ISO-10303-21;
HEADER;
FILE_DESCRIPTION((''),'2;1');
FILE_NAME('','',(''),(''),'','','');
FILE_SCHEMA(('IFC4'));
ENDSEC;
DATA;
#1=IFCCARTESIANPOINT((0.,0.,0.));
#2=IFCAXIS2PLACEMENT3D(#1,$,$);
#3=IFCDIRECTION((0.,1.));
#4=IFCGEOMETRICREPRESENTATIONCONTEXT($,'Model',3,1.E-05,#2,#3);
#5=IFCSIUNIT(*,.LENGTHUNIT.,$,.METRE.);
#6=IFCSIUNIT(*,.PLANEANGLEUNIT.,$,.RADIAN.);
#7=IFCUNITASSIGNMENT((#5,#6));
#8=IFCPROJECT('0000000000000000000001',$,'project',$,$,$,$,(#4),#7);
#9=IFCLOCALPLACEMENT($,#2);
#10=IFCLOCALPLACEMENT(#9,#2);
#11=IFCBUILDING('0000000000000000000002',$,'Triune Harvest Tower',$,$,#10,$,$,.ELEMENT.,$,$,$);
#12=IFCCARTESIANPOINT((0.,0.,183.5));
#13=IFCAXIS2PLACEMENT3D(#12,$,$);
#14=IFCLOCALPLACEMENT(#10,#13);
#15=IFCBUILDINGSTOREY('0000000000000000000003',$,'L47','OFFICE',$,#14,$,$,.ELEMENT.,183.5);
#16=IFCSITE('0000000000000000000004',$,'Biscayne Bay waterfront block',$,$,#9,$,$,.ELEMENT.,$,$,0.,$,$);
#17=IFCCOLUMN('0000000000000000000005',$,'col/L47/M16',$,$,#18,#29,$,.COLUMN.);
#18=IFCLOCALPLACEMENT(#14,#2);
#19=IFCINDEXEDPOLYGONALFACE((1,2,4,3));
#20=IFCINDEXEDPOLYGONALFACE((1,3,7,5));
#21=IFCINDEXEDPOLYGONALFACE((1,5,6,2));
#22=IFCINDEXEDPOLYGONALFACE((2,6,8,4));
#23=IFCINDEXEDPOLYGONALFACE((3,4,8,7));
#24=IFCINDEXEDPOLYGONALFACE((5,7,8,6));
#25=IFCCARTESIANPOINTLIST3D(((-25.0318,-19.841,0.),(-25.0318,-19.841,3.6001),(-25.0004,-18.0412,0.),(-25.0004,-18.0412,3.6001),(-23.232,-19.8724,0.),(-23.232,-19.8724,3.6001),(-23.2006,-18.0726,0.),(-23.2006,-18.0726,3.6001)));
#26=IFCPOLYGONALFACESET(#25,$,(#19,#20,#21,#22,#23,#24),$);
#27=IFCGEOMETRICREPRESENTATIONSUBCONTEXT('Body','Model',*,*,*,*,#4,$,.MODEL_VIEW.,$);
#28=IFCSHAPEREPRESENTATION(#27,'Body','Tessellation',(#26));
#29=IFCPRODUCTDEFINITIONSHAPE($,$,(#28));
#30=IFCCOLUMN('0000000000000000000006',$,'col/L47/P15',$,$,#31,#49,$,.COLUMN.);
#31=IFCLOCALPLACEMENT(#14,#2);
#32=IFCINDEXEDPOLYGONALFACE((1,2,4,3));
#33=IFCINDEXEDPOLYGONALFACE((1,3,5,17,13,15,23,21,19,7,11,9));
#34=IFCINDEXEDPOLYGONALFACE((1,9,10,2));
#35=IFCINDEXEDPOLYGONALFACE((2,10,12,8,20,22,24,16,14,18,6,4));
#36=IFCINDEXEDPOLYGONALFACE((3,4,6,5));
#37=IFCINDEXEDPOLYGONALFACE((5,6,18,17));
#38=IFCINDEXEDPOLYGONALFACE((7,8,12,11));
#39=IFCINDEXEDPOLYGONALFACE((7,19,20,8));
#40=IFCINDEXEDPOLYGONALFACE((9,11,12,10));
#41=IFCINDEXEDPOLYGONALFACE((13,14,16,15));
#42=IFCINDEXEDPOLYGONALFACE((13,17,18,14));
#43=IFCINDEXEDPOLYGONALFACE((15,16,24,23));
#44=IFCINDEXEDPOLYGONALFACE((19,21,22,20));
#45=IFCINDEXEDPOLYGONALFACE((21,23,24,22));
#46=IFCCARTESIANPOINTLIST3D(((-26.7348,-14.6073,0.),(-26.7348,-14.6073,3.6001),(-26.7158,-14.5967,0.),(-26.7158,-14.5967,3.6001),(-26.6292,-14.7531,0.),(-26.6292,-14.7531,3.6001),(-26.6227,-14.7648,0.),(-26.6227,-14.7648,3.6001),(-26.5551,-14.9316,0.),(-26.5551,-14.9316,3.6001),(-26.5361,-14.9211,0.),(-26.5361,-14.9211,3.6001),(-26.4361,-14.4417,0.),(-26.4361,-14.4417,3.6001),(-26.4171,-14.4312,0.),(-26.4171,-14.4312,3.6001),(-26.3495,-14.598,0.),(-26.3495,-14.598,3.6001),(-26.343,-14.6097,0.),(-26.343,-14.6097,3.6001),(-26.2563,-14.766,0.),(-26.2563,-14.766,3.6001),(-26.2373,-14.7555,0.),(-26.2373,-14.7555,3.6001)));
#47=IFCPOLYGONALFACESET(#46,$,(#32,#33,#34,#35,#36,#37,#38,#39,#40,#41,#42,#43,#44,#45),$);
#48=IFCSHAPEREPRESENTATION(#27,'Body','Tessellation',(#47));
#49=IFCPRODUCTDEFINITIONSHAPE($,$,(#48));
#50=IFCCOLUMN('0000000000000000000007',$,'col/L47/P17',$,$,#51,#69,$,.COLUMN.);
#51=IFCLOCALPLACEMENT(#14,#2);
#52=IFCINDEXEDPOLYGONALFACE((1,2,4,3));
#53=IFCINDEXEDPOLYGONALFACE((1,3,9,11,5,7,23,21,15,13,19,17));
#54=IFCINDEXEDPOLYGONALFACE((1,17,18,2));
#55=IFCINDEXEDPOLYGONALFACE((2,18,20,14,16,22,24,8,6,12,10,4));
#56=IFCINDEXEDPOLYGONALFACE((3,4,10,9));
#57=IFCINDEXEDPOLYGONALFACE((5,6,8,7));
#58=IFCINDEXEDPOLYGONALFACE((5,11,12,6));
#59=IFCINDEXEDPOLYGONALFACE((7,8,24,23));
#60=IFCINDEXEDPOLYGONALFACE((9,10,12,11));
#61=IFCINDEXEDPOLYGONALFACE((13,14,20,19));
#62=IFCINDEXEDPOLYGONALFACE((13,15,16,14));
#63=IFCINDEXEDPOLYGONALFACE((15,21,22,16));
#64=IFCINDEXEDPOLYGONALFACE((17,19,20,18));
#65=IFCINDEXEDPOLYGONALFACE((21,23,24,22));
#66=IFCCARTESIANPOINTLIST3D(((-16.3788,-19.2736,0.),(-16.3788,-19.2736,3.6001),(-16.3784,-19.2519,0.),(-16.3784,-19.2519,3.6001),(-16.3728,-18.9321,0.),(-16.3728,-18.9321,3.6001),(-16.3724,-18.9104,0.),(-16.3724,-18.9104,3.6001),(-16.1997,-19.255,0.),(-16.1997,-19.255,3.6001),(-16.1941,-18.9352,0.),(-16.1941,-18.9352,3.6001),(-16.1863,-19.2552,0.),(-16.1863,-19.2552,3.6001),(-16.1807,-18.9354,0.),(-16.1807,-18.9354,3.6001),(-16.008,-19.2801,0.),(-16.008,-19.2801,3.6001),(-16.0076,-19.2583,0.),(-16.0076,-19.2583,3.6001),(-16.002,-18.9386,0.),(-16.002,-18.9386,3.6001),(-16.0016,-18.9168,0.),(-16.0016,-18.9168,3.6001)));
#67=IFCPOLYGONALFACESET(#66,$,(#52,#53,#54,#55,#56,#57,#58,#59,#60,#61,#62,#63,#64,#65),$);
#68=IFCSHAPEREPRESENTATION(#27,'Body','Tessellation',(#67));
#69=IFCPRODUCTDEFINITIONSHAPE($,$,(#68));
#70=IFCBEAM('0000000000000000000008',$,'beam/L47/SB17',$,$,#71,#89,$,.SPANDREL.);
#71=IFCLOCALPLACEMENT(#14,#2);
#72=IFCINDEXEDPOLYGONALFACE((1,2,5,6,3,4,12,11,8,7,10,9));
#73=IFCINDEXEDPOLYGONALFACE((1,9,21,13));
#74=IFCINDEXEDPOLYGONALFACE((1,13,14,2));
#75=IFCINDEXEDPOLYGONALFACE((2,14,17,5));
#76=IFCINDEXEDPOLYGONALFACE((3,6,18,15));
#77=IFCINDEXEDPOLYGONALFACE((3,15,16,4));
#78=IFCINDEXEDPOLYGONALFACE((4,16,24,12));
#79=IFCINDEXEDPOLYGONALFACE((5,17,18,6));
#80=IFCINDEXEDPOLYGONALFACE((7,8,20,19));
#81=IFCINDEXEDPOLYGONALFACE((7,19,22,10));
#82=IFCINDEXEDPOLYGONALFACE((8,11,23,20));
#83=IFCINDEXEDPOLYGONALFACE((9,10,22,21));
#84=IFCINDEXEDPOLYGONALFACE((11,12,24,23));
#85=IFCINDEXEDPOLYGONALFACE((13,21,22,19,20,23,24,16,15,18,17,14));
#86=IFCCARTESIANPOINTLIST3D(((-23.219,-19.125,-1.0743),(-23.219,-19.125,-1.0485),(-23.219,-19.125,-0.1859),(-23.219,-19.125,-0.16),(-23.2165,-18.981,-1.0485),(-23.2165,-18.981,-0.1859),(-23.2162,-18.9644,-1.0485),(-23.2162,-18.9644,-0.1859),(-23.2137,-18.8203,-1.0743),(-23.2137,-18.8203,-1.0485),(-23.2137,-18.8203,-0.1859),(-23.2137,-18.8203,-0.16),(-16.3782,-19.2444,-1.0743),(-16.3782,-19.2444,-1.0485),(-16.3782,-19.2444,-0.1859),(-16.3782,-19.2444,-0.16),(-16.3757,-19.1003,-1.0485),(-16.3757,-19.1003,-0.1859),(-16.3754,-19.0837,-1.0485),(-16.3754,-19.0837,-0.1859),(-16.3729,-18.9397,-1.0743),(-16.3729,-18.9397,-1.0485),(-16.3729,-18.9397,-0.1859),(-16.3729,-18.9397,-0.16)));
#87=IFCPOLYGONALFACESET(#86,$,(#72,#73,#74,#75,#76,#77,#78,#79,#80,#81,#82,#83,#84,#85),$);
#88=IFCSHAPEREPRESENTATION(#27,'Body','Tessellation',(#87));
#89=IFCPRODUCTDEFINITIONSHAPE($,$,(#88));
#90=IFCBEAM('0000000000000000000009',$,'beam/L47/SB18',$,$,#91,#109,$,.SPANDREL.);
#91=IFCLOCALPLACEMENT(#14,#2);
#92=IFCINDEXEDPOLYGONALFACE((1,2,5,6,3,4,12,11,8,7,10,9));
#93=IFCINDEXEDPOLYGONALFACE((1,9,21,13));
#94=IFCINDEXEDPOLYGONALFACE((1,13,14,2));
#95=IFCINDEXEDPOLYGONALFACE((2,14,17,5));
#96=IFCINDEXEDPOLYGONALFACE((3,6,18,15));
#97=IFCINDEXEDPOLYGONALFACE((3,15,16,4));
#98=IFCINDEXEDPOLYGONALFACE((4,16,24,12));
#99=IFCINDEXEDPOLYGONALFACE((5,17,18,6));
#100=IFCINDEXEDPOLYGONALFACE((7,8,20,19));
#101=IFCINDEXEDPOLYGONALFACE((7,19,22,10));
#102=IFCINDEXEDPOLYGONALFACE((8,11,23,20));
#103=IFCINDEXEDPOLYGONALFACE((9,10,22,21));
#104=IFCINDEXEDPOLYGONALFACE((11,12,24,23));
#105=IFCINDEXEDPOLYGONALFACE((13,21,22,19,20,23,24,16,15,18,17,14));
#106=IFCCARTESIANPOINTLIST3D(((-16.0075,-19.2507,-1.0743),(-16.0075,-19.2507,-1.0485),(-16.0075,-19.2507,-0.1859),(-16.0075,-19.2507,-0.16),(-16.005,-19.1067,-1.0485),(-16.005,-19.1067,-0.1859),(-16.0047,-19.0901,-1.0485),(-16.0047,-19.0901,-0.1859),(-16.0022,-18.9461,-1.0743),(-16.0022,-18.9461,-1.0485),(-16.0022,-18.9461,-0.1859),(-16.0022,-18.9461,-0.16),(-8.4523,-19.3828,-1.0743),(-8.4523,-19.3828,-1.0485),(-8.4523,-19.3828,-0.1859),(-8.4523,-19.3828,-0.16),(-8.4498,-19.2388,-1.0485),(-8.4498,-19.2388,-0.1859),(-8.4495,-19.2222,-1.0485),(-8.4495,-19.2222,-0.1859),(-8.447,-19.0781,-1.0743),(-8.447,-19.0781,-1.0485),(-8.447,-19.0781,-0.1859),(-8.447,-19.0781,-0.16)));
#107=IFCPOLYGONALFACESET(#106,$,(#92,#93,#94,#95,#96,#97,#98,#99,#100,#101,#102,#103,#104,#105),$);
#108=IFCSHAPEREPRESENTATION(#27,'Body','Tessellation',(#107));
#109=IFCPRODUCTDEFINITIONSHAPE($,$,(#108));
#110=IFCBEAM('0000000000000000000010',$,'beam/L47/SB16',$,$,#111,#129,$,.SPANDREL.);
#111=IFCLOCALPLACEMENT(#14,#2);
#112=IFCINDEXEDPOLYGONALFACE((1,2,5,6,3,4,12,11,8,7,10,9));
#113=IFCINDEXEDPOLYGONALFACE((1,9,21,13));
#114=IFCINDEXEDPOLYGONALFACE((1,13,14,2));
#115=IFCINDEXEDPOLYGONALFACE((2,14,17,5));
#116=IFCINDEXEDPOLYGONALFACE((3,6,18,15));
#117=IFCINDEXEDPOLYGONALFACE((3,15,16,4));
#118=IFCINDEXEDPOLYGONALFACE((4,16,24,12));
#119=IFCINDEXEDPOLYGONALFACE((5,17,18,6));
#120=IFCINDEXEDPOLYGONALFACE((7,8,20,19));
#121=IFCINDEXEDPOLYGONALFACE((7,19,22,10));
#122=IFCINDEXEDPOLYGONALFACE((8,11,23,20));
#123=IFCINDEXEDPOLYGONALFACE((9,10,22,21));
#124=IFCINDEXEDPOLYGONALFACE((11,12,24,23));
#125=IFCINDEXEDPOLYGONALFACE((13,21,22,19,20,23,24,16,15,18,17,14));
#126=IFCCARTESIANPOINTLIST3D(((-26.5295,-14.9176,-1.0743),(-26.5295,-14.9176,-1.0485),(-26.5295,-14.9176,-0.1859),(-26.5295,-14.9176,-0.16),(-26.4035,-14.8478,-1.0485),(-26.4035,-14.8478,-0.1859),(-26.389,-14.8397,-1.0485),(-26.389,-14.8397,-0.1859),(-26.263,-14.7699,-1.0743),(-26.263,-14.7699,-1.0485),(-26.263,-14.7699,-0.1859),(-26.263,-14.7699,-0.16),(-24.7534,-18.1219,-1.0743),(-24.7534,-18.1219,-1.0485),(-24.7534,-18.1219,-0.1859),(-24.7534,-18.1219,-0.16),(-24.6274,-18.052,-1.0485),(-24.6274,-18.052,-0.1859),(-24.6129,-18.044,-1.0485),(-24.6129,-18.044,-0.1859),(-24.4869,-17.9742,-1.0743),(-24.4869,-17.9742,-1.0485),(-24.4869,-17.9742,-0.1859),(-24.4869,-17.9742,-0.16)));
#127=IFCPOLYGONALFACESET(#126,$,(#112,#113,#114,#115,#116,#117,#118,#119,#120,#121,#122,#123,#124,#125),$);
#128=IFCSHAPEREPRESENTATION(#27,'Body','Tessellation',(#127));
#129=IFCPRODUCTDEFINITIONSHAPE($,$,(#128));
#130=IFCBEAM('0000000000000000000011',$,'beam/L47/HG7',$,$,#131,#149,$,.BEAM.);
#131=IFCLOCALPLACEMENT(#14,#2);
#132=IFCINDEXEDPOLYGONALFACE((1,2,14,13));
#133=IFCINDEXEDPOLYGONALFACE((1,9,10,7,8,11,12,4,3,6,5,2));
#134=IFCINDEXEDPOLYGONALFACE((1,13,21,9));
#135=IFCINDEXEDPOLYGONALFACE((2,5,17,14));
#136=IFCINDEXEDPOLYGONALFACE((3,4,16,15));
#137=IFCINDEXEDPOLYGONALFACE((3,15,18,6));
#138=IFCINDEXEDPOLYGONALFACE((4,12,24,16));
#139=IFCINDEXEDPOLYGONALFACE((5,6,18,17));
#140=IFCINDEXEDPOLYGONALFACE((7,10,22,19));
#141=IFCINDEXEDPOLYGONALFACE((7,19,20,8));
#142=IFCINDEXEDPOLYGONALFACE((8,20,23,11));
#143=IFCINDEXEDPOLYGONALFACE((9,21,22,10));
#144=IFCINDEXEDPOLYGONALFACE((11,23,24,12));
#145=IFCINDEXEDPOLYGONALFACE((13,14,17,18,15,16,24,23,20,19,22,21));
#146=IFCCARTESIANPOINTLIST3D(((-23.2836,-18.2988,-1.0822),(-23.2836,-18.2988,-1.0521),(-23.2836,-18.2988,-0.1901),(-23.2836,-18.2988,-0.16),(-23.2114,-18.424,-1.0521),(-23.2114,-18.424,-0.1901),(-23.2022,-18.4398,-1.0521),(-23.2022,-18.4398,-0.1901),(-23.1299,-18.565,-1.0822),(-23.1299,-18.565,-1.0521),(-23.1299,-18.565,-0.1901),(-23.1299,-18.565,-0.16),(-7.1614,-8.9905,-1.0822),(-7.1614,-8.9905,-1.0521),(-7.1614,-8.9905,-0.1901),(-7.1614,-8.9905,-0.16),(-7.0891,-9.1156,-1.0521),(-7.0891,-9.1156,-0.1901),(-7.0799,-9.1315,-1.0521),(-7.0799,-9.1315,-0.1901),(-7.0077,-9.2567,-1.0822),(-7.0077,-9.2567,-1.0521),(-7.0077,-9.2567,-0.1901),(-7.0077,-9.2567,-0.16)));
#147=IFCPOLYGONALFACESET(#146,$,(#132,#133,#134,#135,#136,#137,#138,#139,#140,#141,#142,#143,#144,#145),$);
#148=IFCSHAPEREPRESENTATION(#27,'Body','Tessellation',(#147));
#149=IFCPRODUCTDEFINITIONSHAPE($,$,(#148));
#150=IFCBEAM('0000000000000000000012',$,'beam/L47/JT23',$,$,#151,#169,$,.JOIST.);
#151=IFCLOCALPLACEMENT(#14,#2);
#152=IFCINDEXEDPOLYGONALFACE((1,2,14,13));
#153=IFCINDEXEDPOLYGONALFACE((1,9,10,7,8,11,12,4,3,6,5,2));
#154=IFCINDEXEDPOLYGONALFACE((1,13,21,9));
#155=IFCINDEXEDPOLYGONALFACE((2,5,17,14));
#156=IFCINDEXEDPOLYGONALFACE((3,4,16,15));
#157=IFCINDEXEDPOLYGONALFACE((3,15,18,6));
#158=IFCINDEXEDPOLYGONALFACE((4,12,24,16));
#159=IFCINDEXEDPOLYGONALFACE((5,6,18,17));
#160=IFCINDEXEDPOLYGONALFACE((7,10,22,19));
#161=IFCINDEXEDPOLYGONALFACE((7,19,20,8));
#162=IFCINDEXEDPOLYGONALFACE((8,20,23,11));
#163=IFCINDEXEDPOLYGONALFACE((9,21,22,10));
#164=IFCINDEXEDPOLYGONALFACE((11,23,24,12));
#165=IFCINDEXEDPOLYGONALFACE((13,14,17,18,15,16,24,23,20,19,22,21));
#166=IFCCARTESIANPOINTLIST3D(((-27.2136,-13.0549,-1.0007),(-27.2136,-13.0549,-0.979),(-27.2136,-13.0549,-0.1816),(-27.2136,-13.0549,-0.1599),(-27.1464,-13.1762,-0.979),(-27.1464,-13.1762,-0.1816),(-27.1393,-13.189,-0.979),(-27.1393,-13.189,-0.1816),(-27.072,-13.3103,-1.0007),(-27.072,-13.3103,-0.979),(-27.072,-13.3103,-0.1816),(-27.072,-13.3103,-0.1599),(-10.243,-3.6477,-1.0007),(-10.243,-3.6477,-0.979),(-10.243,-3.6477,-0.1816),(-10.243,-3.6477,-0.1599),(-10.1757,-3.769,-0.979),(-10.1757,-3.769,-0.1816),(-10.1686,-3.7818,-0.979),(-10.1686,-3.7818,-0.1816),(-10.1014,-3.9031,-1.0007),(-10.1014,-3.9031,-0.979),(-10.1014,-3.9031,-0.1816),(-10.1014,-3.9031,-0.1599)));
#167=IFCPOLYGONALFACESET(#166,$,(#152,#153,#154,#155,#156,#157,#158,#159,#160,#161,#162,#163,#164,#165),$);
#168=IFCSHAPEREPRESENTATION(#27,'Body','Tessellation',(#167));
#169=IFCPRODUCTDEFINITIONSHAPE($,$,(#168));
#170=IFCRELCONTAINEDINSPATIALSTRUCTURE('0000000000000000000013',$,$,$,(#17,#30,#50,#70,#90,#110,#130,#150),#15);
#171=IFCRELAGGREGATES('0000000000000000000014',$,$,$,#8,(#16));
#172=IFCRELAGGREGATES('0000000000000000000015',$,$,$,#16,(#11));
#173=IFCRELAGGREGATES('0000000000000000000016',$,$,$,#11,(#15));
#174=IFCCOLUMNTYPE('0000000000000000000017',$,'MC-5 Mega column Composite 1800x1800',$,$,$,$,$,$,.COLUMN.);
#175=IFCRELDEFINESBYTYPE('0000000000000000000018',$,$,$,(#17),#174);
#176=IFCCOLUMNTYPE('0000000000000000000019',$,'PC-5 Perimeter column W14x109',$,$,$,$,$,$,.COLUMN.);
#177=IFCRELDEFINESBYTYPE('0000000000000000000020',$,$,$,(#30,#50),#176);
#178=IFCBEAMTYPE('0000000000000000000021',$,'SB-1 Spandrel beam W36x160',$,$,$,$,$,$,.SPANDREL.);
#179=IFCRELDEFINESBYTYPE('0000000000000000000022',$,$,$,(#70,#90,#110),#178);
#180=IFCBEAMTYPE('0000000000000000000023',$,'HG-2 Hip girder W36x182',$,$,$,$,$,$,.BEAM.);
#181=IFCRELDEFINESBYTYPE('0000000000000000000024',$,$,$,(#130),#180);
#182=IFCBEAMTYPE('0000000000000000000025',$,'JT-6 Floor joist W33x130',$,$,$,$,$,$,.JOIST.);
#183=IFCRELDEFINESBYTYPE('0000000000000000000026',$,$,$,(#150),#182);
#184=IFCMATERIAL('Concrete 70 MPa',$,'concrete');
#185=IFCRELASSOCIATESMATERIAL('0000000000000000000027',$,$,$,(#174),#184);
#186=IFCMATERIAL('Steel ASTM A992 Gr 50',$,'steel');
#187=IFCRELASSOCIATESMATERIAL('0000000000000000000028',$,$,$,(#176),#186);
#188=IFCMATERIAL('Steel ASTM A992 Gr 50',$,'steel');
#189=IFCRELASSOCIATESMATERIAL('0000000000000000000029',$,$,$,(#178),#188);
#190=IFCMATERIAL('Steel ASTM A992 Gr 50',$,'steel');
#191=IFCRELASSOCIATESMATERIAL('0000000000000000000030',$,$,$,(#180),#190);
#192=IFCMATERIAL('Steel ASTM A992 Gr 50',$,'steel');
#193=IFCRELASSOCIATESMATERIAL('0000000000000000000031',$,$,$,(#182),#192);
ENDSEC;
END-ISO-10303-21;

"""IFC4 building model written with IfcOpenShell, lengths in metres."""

from ifc_helpers import new_model, si_unit, direction, frame, origin, origin_2d, place, context, subcontext, project, spatial, rectangle, i_section, extrude, source, transform, mapped, material, material_profile, profile_set, type_object, element, save


model = new_model("IFC4")

# Units and contexts
model_context = context("Model", 3, precision=1e-05, world=origin(), true_north=direction((0.0, 1.0)))
body_context = subcontext(model_context, "Body", "Model", "MODEL_VIEW")
ifc_project = project(units=[si_unit("LENGTHUNIT", "METRE"), si_unit("PLANEANGLEUNIT", "RADIAN")], contexts=[model_context])

# Site, building, storey
site_placement = place(None, origin())
site = spatial("IfcSite", under=ifc_project, at=site_placement, Name="Biscayne Bay waterfront block", CompositionType="ELEMENT", RefElevation=0.0)
building_placement = place(site_placement, origin())
building = spatial("IfcBuilding", under=site, at=building_placement, Name="Triune Harvest Tower", CompositionType="ELEMENT")
storey_placement = place(building_placement, frame((0.0, 0.0, 183.5)))
storey = spatial("IfcBuildingStorey", under=building, at=storey_placement, Name="L47", Description="OFFICE", CompositionType="ELEMENT", Elevation=183.5)

# Columns
ifc_material_1 = material(Name="Concrete 70 MPa", Category="concrete")
ifc_material_profile_1 = material_profile(ifc_material_1, rectangle(XDim=1.8, YDim=1.8, at=origin_2d()), Name="Composite 1800x1800")
ifc_profile_set_1 = profile_set([ifc_material_profile_1], Name="Concrete 70 MPa")
column_type_1 = type_object("IfcColumnType", Name="MC-5 Mega column Composite 1800x1800", PredefinedType="COLUMN", material=ifc_profile_set_1)
shared_shape_1 = source(origin(), body_context, "Body", "SweptSolid", [
    extrude(rectangle(XDim=1.8, YDim=1.8, at=origin_2d()), origin(), (0.0, 0.0, 1.0), 3.6001),
])
column_placement = place(storey_placement, frame((-24.1162, -18.9568, 0.0), z_axis=(0.0, 0.0, 1.0), x_axis=(0.999848, -0.017452, 0.0)))
element("IfcColumn", 1, at=column_placement, inside=storey, type_object=column_type_1, Name="col/L47/M16", PredefinedType="COLUMN", context=body_context, shape_type="MappedRepresentation", body=[
    mapped(shared_shape_1, transform((0.0, 0.0, 0.0), scale=1.0)),
])
ifc_material_2 = material(Name="Steel ASTM A992 Gr 50", Category="steel")
ifc_material_profile_2 = material_profile(ifc_material_2, i_section(OverallWidth=0.3708, OverallDepth=0.3633, WebThickness=0.0134, FlangeThickness=0.0217, at=origin_2d()), Name="W14x109")
ifc_profile_set_2 = profile_set([ifc_material_profile_2], Name="Steel ASTM A992 Gr 50")
column_type_2 = type_object("IfcColumnType", Name="PC-5 Perimeter column W14x109", PredefinedType="COLUMN", material=ifc_profile_set_2)
shared_shape_2 = source(origin(), body_context, "Body", "SweptSolid", [
    extrude(i_section(OverallWidth=0.3708, OverallDepth=0.3633, WebThickness=0.0134, FlangeThickness=0.0217, at=origin_2d()), origin(), (0.0, 0.0, 1.0), 3.6001),
])
for number, where, z_axis, x_axis, name in (
    (2, (-26.4861, -14.6814, 0.0), (0.0, 0.0, 1.0), (0.484808, -0.874621, 0.0), "col/L47/P15"),
    (3, (-16.1902, -19.0952, 0.0), (0.0, 0.0, 1.0), (0.999848, -0.017452, 0.0), "col/L47/P17"),
):
    element("IfcColumn", number, at=place(storey_placement, frame(where, z_axis=z_axis, x_axis=x_axis)), inside=storey, type_object=column_type_2, Name=name, PredefinedType="COLUMN", context=body_context, shape_type="MappedRepresentation", body=[
        mapped(shared_shape_2, transform((0.0, 0.0, 0.0), scale=1.0)),
    ])

# Beams
ifc_material_3 = material(Name="Steel ASTM A992 Gr 50", Category="steel")
ifc_material_profile_3 = material_profile(ifc_material_3, i_section(OverallWidth=0.3047, OverallDepth=0.9143, WebThickness=0.0166, FlangeThickness=0.0259, at=origin_2d()), Name="W36x160")
ifc_profile_set_3 = profile_set([ifc_material_profile_3], Name="Steel ASTM A992 Gr 50")
beam_type_1 = type_object("IfcBeamType", Name="SB-1 Spandrel beam W36x160", PredefinedType="SPANDREL", material=ifc_profile_set_3)
shared_shape_3 = source(origin(), body_context, "Body", "SweptSolid", [
    extrude(i_section(OverallWidth=0.3047, OverallDepth=0.9143, WebThickness=0.0166, FlangeThickness=0.0259, at=origin_2d()), origin(), (0.0, 0.0, 1.0), 6.8418),
])
beam_1_placement = place(storey_placement, frame((-23.2163, -18.9727, -0.6172), z_axis=(0.999848, -0.017449, 0.0), x_axis=(0.017449, 0.999848, 0.0)))
element("IfcBeam", 4, at=beam_1_placement, inside=storey, type_object=beam_type_1, Name="beam/L47/SB17", PredefinedType="SPANDREL", context=body_context, shape_type="MappedRepresentation", body=[
    mapped(shared_shape_3, transform((0.0, 0.0, 0.0), scale=1.0)),
])
shared_shape_4 = source(origin(), body_context, "Body", "SweptSolid", [
    extrude(i_section(OverallWidth=0.3047, OverallDepth=0.9143, WebThickness=0.0166, FlangeThickness=0.0259, at=origin_2d()), origin(), (0.0, 0.0, 1.0), 7.5564),
])
beam_2_placement = place(storey_placement, frame((-16.0049, -19.0984, -0.6172), z_axis=(0.999847, -0.017479, 0.0), x_axis=(0.017479, 0.999847, 0.0)))
element("IfcBeam", 5, at=beam_2_placement, inside=storey, type_object=beam_type_1, Name="beam/L47/SB18", PredefinedType="SPANDREL", context=body_context, shape_type="MappedRepresentation", body=[
    mapped(shared_shape_4, transform((0.0, 0.0, 0.0), scale=1.0)),
])
shared_shape_5 = source(origin(), body_context, "Body", "SweptSolid", [
    extrude(i_section(OverallWidth=0.3047, OverallDepth=0.9143, WebThickness=0.0166, FlangeThickness=0.0259, at=origin_2d()), origin(), (0.0, 0.0, 1.0), 3.6636),
])
beam_3_placement = place(storey_placement, frame((-26.3962, -14.8438, -0.6172), z_axis=(0.484794, -0.874628, 0.0), x_axis=(0.874628, 0.484794, 0.0)))
element("IfcBeam", 6, at=beam_3_placement, inside=storey, type_object=beam_type_1, Name="beam/L47/SB16", PredefinedType="SPANDREL", context=body_context, shape_type="MappedRepresentation", body=[
    mapped(shared_shape_5, transform((0.0, 0.0, 0.0), scale=1.0)),
])
ifc_material_4 = material(Name="Steel ASTM A992 Gr 50", Category="steel")
ifc_material_profile_4 = material_profile(ifc_material_4, i_section(OverallWidth=0.3074, OverallDepth=0.9221, WebThickness=0.0183, FlangeThickness=0.03, at=origin_2d()), Name="W36x182")
ifc_profile_set_4 = profile_set([ifc_material_profile_4], Name="Steel ASTM A992 Gr 50")
beam_type_2 = type_object("IfcBeamType", Name="HG-2 Hip girder W36x182", PredefinedType="BEAM", material=ifc_profile_set_4)
shared_shape_6 = source(origin(), body_context, "Body", "SweptSolid", [
    extrude(i_section(OverallWidth=0.3074, OverallDepth=0.9221, WebThickness=0.0183, FlangeThickness=0.03, at=origin_2d()), origin(), (0.0, 0.0, 1.0), 18.6165),
])
beam_4_placement = place(storey_placement, frame((-23.2068, -18.4319, -0.6211), z_axis=(0.866022, 0.500005, 0.0), x_axis=(-0.500005, 0.866022, 0.0)))
element("IfcBeam", 7, at=beam_4_placement, inside=storey, type_object=beam_type_2, Name="beam/L47/HG7", PredefinedType="BEAM", context=body_context, shape_type="MappedRepresentation", body=[
    mapped(shared_shape_6, transform((0.0, 0.0, 0.0), scale=1.0)),
])
ifc_material_5 = material(Name="Steel ASTM A992 Gr 50", Category="steel")
ifc_material_profile_5 = material_profile(ifc_material_5, i_section(OverallWidth=0.292, OverallDepth=0.8408, WebThickness=0.0146, FlangeThickness=0.0217, at=origin_2d()), Name="W33x130")
ifc_profile_set_5 = profile_set([ifc_material_profile_5], Name="Steel ASTM A992 Gr 50")
beam_type_3 = type_object("IfcBeamType", Name="JT-6 Floor joist W33x130", PredefinedType="JOIST", material=ifc_profile_set_5)
shared_shape_7 = source(origin(), body_context, "Body", "SweptSolid", [
    extrude(i_section(OverallWidth=0.292, OverallDepth=0.8408, WebThickness=0.0146, FlangeThickness=0.0217, at=origin_2d()), origin(), (0.0, 0.0, 1.0), 19.4036),
])
beam_5_placement = place(storey_placement, frame((-27.1428, -13.1826, -0.5803), z_axis=(0.874615, 0.484818, 0.0), x_axis=(-0.484818, 0.874615, 0.0)))
element("IfcBeam", 8, at=beam_5_placement, inside=storey, type_object=beam_type_3, Name="beam/L47/JT23", PredefinedType="JOIST", context=body_context, shape_type="MappedRepresentation", body=[
    mapped(shared_shape_7, transform((0.0, 0.0, 0.0), scale=1.0)),
])

save(model, "model.ifc")
